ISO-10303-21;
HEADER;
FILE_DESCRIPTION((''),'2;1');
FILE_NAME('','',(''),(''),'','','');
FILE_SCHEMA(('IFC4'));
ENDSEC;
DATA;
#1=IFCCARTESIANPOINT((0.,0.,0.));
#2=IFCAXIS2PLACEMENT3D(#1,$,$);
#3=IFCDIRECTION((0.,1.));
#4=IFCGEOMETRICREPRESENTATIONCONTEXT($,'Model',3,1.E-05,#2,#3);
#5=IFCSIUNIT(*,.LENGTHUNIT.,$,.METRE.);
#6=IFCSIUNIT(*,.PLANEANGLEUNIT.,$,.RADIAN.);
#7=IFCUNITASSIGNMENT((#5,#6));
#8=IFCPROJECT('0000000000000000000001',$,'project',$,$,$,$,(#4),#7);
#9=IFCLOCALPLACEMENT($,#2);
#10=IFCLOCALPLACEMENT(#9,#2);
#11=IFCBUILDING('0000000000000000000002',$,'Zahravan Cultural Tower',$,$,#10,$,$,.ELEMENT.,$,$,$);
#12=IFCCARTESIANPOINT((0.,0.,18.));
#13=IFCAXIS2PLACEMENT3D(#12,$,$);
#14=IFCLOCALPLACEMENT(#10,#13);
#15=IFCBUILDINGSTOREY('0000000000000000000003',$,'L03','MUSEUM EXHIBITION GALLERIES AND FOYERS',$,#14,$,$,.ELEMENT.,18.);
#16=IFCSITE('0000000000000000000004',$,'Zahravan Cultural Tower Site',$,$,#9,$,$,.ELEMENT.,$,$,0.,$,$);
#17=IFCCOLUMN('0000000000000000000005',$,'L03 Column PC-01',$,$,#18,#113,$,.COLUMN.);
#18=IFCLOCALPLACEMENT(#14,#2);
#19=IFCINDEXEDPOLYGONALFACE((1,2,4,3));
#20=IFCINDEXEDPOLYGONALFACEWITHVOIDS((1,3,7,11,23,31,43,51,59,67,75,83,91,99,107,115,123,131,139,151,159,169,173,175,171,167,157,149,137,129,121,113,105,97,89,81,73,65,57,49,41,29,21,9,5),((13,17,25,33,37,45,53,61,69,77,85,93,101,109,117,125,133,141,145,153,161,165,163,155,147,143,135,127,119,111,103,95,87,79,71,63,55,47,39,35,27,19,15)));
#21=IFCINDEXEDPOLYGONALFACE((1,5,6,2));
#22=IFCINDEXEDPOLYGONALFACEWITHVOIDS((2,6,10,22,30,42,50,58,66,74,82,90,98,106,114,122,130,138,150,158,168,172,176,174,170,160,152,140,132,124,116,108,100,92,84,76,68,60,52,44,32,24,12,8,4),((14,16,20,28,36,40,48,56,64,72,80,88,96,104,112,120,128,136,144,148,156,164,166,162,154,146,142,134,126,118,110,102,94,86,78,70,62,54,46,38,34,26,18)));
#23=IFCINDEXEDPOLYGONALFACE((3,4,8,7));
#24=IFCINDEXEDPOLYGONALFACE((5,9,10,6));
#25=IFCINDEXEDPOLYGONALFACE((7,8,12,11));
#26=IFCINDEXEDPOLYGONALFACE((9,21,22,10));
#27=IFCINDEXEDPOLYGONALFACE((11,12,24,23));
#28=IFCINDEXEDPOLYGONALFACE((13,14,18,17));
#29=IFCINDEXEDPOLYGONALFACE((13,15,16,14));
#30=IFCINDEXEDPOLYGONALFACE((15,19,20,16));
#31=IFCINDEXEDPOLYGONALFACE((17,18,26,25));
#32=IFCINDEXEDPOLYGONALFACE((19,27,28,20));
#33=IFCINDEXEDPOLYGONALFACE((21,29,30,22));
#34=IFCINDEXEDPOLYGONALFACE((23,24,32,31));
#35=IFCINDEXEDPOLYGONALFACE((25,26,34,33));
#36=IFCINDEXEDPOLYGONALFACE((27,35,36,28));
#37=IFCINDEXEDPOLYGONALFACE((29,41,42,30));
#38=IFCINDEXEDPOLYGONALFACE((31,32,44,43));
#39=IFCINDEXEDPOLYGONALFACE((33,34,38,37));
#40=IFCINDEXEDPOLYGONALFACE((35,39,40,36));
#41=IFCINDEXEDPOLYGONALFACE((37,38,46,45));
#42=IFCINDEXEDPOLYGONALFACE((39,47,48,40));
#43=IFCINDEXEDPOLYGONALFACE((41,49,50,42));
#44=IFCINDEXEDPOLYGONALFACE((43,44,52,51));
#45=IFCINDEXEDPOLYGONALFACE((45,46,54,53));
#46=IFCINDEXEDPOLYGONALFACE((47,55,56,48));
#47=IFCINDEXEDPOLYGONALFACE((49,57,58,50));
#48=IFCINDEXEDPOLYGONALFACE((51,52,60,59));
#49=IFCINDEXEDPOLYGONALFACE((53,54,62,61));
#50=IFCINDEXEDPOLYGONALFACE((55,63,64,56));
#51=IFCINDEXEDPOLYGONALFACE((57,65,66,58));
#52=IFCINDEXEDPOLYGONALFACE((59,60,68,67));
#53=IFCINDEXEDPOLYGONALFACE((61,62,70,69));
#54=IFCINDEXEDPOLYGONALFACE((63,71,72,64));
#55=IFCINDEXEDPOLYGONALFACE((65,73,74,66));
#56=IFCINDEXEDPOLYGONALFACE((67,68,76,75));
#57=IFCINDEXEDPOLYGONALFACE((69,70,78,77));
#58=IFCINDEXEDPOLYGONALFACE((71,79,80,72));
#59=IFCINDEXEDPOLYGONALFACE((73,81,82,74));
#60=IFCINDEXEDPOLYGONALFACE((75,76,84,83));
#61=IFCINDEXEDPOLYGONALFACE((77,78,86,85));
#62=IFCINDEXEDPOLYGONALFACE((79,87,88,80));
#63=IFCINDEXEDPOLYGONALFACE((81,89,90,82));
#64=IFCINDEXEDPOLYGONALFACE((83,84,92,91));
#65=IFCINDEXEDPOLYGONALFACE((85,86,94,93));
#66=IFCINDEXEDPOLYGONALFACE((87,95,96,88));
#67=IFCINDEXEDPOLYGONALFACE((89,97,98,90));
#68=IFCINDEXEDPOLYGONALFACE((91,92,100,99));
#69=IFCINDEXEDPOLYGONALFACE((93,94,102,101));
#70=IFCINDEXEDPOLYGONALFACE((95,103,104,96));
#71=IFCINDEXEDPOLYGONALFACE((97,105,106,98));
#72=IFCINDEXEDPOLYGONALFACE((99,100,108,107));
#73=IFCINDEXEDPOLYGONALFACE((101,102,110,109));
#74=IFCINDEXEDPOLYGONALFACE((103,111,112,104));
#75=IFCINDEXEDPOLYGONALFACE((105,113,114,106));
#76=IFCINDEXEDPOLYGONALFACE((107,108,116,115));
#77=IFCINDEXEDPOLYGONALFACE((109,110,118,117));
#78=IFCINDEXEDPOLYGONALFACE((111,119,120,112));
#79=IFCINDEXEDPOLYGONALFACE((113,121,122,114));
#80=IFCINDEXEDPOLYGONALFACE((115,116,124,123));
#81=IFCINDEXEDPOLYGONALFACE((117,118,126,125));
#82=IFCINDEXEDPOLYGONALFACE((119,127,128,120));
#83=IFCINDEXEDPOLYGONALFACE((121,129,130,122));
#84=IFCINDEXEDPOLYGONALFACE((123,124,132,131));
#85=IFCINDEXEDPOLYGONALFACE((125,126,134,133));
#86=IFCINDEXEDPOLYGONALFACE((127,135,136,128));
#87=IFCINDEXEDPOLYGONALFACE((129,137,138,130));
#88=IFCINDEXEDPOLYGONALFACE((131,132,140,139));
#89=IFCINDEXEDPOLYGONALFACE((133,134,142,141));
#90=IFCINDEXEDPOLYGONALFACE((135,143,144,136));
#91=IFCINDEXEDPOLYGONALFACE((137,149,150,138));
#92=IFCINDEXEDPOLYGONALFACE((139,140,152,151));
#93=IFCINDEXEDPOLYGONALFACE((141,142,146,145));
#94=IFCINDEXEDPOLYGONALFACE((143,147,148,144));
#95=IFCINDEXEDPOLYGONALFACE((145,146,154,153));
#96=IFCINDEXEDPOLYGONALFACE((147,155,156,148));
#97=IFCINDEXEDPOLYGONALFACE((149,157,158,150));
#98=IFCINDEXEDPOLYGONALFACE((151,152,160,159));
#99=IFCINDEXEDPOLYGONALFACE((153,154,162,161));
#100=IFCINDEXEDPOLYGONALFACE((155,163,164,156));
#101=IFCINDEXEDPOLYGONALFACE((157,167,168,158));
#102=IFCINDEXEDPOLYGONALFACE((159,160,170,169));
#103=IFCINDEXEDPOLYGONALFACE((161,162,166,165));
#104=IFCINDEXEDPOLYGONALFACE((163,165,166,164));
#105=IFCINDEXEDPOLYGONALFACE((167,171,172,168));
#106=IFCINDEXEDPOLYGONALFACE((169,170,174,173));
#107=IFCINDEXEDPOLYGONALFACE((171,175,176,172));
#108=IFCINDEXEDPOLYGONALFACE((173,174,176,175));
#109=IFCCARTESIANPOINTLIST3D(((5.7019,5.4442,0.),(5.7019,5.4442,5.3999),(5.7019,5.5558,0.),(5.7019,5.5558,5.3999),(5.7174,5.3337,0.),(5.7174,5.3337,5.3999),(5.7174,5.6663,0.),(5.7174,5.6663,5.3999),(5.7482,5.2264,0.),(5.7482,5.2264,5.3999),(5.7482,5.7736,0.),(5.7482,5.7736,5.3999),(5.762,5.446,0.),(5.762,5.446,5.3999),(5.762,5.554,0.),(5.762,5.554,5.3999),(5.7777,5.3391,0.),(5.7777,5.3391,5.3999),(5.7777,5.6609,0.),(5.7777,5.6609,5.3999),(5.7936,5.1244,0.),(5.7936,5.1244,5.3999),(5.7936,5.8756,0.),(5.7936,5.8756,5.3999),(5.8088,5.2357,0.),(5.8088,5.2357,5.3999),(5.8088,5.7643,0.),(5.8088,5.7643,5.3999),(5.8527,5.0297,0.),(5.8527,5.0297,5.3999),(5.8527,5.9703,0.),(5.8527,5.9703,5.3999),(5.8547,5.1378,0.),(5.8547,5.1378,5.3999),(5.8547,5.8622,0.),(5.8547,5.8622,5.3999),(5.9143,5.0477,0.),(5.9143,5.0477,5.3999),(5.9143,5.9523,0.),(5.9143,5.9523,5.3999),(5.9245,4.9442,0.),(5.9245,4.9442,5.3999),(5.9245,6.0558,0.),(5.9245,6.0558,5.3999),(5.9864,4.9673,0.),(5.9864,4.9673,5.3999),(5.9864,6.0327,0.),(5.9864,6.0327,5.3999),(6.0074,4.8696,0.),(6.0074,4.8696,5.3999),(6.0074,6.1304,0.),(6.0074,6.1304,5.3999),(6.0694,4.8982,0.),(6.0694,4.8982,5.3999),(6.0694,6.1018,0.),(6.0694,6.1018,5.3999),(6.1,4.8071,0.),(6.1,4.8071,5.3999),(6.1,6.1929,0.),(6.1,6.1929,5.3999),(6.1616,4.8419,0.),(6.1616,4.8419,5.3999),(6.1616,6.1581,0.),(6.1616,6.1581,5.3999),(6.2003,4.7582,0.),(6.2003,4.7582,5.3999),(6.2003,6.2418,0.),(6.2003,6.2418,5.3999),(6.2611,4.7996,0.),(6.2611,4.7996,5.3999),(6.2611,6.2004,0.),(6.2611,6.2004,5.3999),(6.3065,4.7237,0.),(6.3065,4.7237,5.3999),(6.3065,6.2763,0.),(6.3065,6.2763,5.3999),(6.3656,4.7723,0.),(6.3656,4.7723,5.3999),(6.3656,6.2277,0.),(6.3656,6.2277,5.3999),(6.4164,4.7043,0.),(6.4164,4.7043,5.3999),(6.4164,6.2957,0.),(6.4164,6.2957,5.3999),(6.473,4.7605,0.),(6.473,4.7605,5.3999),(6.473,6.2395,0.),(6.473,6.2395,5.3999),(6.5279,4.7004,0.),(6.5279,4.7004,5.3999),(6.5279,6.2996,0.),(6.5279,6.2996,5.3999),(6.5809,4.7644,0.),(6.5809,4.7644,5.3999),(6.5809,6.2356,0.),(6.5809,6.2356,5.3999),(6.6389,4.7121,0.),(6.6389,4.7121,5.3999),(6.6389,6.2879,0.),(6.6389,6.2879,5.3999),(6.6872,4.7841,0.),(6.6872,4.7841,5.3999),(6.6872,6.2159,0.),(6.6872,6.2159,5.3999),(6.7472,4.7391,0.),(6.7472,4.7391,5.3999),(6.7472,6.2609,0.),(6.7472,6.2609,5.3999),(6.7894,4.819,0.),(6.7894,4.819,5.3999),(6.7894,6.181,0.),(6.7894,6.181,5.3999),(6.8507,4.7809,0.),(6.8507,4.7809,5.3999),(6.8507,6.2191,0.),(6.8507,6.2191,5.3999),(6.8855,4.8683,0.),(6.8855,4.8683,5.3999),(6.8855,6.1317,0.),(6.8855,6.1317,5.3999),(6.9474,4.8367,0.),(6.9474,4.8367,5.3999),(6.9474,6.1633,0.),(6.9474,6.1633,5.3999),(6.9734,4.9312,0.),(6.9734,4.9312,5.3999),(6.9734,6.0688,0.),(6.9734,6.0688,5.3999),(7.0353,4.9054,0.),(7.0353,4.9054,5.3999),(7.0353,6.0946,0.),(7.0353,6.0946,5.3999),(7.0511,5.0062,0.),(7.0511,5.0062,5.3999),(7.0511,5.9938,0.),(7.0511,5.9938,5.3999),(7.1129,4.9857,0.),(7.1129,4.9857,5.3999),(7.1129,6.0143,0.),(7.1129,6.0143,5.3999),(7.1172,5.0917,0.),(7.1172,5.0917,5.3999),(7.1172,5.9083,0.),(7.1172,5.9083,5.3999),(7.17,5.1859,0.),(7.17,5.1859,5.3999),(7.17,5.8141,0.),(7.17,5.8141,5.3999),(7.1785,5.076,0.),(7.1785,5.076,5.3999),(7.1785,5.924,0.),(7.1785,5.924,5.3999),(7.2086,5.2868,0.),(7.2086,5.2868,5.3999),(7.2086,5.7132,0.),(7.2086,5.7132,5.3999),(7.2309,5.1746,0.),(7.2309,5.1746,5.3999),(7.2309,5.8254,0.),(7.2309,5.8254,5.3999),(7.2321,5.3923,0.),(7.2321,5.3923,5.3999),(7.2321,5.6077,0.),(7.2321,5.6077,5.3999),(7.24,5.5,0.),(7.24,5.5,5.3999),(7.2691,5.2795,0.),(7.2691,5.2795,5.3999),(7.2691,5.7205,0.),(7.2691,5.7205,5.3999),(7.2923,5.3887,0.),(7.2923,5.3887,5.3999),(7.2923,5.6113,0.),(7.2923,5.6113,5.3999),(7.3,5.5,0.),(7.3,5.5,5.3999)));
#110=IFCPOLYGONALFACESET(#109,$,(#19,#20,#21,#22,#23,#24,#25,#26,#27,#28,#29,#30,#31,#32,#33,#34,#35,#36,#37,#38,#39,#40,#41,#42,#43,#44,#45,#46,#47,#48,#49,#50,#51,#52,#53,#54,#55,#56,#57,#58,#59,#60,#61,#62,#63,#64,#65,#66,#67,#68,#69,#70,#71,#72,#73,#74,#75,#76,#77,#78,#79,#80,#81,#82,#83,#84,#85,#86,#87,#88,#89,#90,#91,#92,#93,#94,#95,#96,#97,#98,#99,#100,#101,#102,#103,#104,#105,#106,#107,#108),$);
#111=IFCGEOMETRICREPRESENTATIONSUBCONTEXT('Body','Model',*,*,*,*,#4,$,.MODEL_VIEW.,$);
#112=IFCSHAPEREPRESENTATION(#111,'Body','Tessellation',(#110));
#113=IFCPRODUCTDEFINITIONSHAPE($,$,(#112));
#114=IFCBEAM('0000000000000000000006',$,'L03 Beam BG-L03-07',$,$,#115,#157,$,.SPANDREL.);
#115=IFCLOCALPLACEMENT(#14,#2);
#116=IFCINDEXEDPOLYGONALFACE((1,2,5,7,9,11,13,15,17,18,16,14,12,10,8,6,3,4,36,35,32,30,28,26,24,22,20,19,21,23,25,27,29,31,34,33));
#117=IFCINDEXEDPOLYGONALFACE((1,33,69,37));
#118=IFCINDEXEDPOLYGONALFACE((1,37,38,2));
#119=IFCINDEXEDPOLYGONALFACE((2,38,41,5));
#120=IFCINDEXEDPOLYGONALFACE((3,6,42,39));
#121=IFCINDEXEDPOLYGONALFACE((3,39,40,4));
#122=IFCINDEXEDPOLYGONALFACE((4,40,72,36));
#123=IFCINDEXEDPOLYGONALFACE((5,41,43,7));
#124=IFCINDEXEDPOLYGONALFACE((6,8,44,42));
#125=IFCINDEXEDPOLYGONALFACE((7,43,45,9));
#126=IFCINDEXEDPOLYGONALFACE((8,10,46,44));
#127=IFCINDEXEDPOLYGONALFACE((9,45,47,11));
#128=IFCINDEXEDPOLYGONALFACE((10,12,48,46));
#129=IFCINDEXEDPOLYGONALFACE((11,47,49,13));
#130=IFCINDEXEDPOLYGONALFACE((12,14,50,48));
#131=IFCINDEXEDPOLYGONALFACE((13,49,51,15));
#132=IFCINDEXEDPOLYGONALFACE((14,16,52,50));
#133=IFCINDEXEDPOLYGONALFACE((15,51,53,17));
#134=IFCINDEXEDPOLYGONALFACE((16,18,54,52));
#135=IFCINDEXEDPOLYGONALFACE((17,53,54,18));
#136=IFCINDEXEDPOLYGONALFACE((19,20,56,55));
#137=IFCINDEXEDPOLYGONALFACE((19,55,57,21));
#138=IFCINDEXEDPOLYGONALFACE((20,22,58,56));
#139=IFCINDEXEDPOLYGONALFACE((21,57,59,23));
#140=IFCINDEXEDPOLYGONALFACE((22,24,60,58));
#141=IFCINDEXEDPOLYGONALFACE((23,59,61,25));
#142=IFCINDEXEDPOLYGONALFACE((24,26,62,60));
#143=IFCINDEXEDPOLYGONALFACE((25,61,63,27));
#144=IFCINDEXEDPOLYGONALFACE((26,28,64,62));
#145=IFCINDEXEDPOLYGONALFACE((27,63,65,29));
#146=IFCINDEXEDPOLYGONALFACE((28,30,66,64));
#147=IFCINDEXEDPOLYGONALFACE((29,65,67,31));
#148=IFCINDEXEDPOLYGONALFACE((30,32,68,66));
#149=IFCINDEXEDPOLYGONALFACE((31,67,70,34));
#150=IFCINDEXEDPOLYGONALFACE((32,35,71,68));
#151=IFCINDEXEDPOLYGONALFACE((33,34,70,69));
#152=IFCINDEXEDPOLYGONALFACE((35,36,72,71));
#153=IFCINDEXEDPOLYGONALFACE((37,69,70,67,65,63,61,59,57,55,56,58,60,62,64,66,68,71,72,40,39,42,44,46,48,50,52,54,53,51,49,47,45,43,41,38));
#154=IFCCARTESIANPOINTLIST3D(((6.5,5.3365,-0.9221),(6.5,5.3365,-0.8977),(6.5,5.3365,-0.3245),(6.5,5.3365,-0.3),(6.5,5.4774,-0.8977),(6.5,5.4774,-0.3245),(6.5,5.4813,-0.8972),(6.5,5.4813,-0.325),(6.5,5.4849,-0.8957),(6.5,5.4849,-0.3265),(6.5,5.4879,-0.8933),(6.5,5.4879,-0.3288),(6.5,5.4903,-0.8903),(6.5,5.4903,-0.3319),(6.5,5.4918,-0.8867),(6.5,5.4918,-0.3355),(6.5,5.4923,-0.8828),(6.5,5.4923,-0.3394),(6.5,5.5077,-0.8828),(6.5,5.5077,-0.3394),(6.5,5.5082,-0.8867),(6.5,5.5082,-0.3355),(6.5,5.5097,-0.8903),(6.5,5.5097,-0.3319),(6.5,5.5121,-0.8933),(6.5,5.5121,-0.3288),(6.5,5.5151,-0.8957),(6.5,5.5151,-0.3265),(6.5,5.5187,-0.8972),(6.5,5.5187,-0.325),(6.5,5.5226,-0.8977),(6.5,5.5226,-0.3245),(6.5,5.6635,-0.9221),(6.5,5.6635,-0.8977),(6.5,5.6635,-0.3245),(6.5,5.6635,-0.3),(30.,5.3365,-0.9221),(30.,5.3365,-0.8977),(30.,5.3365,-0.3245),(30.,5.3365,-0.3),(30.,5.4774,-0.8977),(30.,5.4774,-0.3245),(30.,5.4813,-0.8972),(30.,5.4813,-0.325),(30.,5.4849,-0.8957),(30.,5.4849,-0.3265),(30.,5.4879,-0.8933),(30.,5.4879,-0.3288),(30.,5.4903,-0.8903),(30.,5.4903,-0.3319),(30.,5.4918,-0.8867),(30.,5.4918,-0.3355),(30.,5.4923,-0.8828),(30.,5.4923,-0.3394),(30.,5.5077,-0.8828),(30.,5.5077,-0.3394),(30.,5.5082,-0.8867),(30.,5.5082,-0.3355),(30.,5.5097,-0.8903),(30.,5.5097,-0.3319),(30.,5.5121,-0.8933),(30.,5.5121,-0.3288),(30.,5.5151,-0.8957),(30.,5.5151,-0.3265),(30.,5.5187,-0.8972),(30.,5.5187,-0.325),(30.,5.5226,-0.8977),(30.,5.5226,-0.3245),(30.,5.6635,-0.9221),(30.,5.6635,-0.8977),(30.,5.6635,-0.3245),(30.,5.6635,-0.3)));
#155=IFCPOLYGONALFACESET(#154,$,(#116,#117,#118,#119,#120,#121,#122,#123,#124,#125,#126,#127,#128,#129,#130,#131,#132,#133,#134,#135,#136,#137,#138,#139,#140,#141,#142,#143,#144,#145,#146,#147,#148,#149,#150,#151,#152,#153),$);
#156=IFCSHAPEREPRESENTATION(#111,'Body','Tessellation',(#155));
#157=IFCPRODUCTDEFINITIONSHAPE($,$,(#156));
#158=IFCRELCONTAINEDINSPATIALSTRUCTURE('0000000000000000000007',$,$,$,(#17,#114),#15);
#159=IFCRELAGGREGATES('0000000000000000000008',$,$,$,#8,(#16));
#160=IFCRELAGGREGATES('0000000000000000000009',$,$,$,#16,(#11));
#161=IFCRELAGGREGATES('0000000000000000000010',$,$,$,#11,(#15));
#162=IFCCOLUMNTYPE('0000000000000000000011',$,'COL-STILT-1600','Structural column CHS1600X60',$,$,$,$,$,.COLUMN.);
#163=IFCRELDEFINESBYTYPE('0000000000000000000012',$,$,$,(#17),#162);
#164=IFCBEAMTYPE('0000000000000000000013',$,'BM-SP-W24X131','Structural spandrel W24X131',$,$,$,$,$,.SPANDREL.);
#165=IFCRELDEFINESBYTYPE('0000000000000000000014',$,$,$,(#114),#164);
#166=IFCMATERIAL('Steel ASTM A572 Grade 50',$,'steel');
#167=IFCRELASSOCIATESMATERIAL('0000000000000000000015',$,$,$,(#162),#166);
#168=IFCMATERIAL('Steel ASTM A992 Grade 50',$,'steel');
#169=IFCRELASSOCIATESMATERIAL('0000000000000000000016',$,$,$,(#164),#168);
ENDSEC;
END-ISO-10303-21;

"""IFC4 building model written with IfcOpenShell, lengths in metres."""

from ifc_helpers import new_model, si_unit, direction, frame, origin, origin_2d, place, context, subcontext, project, spatial, hollow_circle, i_section, extrude, source, transform, mapped, material, material_profile, profile_set, type_object, element, save


model = new_model("IFC4")

# Units and contexts
model_context = context("Model", 3, precision=1e-05, world=origin(), true_north=direction((0.0, 1.0)))
body_context = subcontext(model_context, "Body", "Model", "MODEL_VIEW")
ifc_project = project(units=[si_unit("LENGTHUNIT", "METRE"), si_unit("PLANEANGLEUNIT", "RADIAN")], contexts=[model_context])

# Site, building, storey
site_placement = place(None, origin())
site = spatial("IfcSite", under=ifc_project, at=site_placement, Name="Zahravan Cultural Tower Site", CompositionType="ELEMENT", RefElevation=0.0)
building_placement = place(site_placement, origin())
building = spatial("IfcBuilding", under=site, at=building_placement, Name="Zahravan Cultural Tower", CompositionType="ELEMENT")
storey_placement = place(building_placement, frame((0.0, 0.0, 18.0)))
storey = spatial("IfcBuildingStorey", under=building, at=storey_placement, Name="L03", Description="MUSEUM EXHIBITION GALLERIES AND FOYERS", CompositionType="ELEMENT", Elevation=18.0)

# Column
ifc_material_1 = material(Name="Steel ASTM A572 Grade 50", Category="steel")
ifc_material_profile_1 = material_profile(ifc_material_1, hollow_circle(Radius=0.8, WallThickness=0.0601, at=origin_2d()), Name="CHS1600X60")
ifc_profile_set_1 = profile_set([ifc_material_profile_1], Name="Steel ASTM A572 Grade 50")
column_type = type_object("IfcColumnType", Name="COL-STILT-1600", Description="Structural column CHS1600X60", PredefinedType="COLUMN", material=ifc_profile_set_1)
shared_shape_1 = source(origin(), body_context, "Body", "SweptSolid", [
    extrude(hollow_circle(Radius=0.8, WallThickness=0.0601, at=origin_2d()), origin(), (0.0, 0.0, 1.0), 5.3999),
])
column_placement = place(storey_placement, frame((6.5, 5.5, 0.0), z_axis=(0.0, 0.0, 1.0), x_axis=(1.0, 0.0, 0.0)))
element("IfcColumn", 1, at=column_placement, inside=storey, type_object=column_type, Name="L03 Column PC-01", PredefinedType="COLUMN", context=body_context, shape_type="MappedRepresentation", body=[
    mapped(shared_shape_1, transform((0.0, 0.0, 0.0), x_axis=(1.0, 0.0, 0.0), y_axis=(0.0, 1.0, 0.0), z_axis=(0.0, 0.0, 1.0), scale=1.0)),
])

# Beam
ifc_material_2 = material(Name="Steel ASTM A992 Grade 50", Category="steel")
ifc_material_profile_2 = material_profile(ifc_material_2, i_section(OverallWidth=0.3269, OverallDepth=0.6221, WebThickness=0.0154, FlangeThickness=0.0244, FilletRadius=0.0149, at=origin_2d()), Name="W24X131")
ifc_profile_set_2 = profile_set([ifc_material_profile_2], Name="Steel ASTM A992 Grade 50")
beam_type_1 = type_object("IfcBeamType", Name="BM-SP-W24X131", Description="Structural spandrel W24X131", PredefinedType="SPANDREL", material=ifc_profile_set_2)
shared_shape_2 = source(origin(), body_context, "Body", "SweptSolid", [
    extrude(i_section(OverallWidth=0.3269, OverallDepth=0.6221, WebThickness=0.0154, FlangeThickness=0.0244, FilletRadius=0.0149, at=origin_2d()), origin(), (0.0, 0.0, 1.0), 23.5),
])
beam_1_placement = place(storey_placement, frame((6.5, 5.5, -0.6111), z_axis=(1.0, 0.0, 0.0), x_axis=(0.0, 1.0, 0.0)))
element("IfcBeam", 2, at=beam_1_placement, inside=storey, type_object=beam_type_1, Name="L03 Beam BG-L03-07", PredefinedType="SPANDREL", context=body_context, shape_type="MappedRepresentation", body=[
    mapped(shared_shape_2, transform((0.0, 0.0, 0.0), x_axis=(1.0, 0.0, 0.0), y_axis=(0.0, 1.0, 0.0), z_axis=(0.0, 0.0, 1.0), scale=1.0)),
])

save(model, "model.ifc")
